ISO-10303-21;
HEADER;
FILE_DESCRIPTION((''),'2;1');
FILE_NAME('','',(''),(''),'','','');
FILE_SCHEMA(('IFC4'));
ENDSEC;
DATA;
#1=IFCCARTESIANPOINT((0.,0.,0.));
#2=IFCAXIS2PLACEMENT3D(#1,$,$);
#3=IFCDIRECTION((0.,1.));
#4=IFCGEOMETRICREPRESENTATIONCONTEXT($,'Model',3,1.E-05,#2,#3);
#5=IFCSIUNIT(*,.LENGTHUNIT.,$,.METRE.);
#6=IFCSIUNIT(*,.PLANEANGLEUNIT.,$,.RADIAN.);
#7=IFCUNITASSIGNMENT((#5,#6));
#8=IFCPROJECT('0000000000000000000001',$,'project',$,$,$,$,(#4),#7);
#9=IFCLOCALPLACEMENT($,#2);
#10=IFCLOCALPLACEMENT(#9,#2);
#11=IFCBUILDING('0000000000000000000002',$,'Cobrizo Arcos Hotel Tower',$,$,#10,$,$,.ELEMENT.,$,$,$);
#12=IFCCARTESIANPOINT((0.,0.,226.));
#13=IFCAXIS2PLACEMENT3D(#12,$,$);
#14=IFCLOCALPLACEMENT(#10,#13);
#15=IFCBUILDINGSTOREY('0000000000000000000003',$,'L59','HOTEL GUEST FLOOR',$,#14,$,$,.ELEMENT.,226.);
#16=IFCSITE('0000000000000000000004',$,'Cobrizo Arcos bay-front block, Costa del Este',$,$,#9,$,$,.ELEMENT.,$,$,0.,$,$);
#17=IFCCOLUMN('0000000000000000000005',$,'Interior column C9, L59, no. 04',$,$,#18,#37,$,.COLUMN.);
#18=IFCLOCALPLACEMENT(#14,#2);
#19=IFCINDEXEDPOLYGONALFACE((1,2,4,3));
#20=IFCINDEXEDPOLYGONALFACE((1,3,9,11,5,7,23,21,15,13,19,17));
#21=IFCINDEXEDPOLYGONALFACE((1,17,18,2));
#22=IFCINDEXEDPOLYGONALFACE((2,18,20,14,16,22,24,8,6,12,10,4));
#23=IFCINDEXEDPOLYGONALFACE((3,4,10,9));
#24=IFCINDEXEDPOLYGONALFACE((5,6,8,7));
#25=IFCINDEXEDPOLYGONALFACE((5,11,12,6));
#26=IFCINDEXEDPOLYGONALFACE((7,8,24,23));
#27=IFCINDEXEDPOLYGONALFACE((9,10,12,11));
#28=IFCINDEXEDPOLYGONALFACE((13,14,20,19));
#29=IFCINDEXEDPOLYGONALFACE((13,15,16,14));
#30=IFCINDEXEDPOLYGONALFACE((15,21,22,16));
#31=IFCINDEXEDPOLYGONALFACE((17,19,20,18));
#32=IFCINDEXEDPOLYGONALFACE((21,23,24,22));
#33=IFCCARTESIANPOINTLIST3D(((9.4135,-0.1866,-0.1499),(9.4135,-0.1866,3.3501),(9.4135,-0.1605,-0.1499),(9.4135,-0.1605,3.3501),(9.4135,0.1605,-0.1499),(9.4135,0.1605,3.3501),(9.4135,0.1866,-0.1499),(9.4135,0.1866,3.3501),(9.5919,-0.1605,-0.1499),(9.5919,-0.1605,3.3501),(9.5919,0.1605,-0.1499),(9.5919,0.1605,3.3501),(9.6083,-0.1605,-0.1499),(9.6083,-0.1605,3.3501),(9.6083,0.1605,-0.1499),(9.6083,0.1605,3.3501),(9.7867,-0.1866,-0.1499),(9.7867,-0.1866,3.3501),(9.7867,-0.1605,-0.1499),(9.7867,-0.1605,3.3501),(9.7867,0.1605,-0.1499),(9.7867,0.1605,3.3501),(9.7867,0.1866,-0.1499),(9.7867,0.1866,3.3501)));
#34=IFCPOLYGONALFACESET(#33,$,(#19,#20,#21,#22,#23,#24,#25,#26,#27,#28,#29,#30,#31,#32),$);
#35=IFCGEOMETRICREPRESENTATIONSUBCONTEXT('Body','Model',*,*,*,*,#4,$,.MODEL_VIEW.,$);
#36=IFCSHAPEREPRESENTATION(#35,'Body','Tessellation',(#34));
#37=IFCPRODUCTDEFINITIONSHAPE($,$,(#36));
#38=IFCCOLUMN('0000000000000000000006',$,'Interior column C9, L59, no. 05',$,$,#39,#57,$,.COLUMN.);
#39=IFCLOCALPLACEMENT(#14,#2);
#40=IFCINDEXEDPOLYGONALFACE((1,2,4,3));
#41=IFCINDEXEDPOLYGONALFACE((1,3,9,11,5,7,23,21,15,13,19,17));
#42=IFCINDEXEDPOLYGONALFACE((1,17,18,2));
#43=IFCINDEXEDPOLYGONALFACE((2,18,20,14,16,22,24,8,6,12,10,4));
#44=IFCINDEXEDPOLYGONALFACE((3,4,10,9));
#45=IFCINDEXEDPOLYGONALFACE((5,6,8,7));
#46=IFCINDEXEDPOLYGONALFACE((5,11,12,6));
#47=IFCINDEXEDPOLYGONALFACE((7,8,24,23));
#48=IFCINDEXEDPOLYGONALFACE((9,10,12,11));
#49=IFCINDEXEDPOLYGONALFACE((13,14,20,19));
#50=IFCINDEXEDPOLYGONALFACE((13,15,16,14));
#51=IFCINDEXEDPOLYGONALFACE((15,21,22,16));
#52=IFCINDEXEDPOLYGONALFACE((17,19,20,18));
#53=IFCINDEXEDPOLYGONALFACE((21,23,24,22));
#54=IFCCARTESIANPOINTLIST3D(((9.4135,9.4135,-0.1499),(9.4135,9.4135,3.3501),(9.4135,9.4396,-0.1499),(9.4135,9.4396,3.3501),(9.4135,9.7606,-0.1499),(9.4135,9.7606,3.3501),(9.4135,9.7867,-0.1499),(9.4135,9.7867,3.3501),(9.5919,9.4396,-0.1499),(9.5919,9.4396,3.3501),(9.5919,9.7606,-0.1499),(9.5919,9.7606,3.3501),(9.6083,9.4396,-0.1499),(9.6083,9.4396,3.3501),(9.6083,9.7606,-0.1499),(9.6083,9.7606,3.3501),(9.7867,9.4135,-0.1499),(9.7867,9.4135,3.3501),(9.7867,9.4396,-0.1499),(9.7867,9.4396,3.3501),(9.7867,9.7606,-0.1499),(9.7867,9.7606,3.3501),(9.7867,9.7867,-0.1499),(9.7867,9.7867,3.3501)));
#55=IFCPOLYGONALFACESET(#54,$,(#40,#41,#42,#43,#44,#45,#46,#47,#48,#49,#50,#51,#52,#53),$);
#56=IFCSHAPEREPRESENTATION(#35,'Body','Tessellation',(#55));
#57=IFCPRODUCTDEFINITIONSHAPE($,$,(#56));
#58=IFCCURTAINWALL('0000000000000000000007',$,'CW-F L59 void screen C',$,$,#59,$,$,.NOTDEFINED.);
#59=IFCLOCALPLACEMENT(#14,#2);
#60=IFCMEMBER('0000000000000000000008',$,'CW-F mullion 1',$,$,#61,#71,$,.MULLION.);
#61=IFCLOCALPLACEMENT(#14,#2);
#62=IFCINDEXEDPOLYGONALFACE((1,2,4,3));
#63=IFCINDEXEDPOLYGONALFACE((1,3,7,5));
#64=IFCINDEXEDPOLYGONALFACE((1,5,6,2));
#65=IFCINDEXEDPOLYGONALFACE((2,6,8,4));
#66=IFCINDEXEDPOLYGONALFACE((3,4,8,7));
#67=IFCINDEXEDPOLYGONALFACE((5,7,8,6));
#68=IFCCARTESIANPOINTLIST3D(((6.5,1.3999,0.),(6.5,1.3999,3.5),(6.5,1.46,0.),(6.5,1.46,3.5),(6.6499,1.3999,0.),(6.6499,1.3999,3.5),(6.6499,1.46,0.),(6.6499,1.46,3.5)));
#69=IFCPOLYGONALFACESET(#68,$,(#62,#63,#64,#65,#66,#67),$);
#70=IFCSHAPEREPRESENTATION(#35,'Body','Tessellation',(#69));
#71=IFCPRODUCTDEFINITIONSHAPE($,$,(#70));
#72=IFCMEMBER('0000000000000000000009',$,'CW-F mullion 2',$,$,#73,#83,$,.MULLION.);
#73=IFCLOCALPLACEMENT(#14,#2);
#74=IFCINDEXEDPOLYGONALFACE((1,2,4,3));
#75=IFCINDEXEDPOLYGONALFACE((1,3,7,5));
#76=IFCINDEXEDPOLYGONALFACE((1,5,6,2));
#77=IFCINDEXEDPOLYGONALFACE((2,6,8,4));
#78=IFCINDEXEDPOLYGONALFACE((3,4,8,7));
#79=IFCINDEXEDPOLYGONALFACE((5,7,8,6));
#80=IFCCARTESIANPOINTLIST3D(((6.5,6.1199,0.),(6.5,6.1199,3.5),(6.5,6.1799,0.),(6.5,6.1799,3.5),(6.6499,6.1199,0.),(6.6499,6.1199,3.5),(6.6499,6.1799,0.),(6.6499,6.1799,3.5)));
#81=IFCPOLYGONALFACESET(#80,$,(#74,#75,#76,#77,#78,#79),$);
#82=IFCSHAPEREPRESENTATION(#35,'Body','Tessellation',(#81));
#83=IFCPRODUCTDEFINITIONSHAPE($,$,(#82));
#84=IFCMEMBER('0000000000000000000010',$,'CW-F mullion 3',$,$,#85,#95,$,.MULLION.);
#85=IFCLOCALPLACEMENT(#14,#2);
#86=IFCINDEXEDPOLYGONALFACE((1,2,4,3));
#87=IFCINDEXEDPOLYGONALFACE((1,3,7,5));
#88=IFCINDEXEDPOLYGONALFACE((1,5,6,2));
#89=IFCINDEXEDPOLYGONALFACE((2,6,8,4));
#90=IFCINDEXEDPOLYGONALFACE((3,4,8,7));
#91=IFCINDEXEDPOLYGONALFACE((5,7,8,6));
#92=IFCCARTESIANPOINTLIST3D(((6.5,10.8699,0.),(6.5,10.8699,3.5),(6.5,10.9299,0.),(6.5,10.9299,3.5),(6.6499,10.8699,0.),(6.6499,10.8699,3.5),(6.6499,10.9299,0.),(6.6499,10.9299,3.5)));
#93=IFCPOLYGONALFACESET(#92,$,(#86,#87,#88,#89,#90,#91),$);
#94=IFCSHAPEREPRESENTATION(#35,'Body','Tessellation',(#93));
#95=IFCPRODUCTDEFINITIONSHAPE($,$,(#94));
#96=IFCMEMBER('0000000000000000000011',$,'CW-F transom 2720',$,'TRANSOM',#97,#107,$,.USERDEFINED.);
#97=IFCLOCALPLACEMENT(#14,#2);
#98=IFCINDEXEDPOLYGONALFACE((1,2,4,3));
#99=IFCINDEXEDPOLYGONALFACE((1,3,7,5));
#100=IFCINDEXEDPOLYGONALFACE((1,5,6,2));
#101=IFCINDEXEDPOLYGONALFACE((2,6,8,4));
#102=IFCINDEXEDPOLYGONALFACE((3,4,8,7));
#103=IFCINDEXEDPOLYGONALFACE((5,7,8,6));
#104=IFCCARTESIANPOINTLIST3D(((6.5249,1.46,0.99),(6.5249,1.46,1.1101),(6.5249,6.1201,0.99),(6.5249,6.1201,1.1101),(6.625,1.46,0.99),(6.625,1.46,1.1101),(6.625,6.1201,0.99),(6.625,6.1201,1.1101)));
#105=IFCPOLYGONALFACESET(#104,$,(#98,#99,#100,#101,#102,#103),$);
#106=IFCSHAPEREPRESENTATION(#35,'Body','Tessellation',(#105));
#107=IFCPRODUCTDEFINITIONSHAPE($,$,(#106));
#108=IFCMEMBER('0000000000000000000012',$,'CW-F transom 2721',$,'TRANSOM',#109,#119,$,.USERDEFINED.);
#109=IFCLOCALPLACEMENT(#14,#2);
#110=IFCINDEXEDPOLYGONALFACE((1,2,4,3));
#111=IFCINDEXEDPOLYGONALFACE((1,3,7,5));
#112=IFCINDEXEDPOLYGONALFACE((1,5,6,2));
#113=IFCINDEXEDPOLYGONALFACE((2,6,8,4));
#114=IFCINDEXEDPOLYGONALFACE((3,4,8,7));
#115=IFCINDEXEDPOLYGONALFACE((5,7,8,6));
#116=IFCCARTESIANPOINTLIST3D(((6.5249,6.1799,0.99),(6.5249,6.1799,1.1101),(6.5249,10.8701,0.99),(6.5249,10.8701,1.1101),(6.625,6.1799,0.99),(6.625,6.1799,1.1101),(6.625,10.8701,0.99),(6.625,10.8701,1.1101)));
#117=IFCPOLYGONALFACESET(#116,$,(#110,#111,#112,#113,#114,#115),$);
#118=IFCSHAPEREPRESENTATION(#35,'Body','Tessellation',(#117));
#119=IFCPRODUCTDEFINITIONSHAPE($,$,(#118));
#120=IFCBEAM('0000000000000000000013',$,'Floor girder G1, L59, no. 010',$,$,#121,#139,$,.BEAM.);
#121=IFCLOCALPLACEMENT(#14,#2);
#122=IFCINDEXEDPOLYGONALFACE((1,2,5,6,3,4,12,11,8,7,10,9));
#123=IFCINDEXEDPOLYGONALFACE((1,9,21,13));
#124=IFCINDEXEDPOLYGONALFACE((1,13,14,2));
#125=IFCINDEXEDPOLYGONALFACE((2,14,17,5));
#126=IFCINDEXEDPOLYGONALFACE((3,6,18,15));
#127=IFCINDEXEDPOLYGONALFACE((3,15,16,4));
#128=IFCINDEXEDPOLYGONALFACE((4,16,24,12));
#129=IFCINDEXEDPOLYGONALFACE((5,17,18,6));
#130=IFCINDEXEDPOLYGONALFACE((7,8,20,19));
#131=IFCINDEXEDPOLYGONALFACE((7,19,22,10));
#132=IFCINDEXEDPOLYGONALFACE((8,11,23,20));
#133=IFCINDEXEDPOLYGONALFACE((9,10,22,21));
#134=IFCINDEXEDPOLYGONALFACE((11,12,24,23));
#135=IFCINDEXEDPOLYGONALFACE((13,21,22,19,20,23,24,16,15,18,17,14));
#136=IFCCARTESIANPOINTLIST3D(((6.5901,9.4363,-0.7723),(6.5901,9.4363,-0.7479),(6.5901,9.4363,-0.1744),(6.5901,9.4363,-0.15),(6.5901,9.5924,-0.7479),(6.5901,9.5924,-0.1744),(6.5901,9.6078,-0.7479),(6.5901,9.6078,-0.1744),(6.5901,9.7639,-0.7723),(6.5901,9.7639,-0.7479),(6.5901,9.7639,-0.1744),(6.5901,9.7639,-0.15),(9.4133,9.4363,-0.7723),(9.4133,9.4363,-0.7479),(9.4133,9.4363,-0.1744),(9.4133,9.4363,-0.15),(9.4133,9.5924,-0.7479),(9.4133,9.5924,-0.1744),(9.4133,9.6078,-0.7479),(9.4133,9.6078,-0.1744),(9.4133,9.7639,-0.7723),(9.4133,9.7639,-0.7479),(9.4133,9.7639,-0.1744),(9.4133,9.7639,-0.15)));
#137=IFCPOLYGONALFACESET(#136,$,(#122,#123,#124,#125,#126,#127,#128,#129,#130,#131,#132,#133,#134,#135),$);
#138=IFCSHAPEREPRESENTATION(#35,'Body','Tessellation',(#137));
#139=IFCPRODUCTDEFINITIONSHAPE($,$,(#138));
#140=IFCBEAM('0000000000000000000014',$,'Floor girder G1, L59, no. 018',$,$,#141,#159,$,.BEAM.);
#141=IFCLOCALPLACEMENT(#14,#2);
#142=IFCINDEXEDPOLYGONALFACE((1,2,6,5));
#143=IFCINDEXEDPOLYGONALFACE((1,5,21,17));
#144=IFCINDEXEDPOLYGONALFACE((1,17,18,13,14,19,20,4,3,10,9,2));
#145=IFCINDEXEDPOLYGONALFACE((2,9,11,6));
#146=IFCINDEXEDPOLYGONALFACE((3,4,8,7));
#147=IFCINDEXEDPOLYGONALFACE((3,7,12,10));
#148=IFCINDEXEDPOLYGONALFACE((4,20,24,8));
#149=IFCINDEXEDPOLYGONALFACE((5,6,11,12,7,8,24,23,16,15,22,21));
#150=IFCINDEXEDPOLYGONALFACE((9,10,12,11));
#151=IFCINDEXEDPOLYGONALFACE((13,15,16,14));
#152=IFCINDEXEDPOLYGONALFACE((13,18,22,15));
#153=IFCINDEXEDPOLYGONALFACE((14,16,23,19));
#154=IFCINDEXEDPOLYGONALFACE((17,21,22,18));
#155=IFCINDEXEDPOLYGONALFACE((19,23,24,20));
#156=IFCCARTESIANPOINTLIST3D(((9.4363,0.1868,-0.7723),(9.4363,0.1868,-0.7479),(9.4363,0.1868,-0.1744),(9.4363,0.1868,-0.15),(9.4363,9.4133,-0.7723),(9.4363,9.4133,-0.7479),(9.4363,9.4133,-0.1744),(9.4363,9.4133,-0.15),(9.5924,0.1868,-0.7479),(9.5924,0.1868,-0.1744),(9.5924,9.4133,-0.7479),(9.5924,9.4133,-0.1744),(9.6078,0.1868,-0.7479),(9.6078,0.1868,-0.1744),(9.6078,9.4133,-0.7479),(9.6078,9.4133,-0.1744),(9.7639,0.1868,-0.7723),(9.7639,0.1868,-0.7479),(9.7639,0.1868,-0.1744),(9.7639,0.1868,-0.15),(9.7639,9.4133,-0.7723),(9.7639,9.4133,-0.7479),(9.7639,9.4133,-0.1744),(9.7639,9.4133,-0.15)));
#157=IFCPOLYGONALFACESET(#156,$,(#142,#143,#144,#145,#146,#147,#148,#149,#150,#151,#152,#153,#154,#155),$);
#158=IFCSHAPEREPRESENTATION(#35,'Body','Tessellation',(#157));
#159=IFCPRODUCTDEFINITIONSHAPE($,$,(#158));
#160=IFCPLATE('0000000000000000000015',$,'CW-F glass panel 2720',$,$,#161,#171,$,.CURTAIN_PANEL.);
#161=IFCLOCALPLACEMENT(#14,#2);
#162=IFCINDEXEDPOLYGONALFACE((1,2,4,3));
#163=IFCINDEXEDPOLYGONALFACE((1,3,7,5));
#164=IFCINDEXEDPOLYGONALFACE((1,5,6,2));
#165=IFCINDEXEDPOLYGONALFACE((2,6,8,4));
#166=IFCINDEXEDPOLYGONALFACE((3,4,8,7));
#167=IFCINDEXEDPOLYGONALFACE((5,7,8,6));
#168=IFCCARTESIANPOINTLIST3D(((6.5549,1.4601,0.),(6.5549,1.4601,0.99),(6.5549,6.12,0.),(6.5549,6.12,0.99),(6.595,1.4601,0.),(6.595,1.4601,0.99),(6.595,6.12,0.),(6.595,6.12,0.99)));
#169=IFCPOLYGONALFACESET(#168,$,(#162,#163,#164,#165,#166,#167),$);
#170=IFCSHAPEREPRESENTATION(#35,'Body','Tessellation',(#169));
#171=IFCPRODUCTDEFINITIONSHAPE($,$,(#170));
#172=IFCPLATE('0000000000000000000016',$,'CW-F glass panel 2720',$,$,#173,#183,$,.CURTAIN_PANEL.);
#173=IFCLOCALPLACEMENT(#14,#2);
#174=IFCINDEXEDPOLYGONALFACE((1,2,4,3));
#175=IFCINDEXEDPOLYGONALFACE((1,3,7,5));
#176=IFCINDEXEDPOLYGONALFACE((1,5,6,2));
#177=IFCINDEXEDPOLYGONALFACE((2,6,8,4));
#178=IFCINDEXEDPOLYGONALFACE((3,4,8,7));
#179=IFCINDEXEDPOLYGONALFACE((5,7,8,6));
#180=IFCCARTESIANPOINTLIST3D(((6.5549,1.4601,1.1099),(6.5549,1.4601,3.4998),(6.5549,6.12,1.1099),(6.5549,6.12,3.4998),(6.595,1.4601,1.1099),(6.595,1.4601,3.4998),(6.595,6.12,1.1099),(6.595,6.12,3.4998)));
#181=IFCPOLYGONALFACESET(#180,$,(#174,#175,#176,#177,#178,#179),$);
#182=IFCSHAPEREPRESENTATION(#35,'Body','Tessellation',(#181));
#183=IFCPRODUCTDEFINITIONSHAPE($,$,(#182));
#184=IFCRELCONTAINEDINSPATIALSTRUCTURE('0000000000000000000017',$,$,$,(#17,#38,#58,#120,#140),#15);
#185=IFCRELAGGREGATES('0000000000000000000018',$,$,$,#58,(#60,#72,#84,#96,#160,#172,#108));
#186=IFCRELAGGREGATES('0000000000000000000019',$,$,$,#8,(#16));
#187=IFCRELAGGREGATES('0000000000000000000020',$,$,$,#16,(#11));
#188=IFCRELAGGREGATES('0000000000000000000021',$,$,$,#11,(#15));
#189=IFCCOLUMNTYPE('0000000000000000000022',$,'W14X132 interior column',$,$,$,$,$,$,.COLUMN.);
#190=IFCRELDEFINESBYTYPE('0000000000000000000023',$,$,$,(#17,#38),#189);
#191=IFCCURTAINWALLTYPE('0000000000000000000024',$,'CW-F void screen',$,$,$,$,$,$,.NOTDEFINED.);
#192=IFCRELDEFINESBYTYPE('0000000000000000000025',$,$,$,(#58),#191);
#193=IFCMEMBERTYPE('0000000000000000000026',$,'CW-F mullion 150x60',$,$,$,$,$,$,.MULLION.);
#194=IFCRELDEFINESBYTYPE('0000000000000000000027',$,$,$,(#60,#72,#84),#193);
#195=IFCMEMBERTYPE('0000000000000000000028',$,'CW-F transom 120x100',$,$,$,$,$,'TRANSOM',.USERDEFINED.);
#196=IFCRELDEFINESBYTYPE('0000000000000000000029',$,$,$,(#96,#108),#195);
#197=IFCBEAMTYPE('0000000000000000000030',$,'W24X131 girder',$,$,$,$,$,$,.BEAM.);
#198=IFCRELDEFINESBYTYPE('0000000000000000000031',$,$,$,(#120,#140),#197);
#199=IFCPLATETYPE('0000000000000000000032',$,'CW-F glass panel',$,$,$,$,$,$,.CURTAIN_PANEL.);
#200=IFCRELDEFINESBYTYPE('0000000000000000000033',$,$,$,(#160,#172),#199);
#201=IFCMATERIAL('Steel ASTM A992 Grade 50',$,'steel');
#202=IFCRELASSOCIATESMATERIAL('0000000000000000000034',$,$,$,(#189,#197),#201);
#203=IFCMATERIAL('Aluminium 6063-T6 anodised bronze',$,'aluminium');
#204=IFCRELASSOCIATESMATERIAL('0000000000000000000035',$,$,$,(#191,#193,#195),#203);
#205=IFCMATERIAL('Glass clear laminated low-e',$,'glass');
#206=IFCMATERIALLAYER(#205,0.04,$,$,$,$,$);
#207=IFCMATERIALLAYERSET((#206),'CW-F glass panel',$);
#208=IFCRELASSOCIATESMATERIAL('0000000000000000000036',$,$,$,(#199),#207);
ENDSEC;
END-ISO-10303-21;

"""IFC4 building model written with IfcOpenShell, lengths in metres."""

from ifc_helpers import new_model, si_unit, direction, frame, origin, origin_2d, place, context, subcontext, project, spatial, rectangle, i_section, extrude, material, layer, layer_set, material_profile, profile_set, type_object, element, aggregate, save


model = new_model("IFC4")

# Units and contexts
model_context = context("Model", 3, precision=1e-05, world=origin(), true_north=direction((0.0, 1.0)))
body_context = subcontext(model_context, "Body", "Model", "MODEL_VIEW")
ifc_project = project(units=[si_unit("LENGTHUNIT", "METRE"), si_unit("PLANEANGLEUNIT", "RADIAN")], contexts=[model_context])

# Site, building, storey
site_placement = place(None, origin())
site = spatial("IfcSite", under=ifc_project, at=site_placement, Name="Cobrizo Arcos bay-front block, Costa del Este", CompositionType="ELEMENT", RefElevation=0.0)
building_placement = place(site_placement, origin())
building = spatial("IfcBuilding", under=site, at=building_placement, Name="Cobrizo Arcos Hotel Tower", CompositionType="ELEMENT")
storey_placement = place(building_placement, frame((0.0, 0.0, 226.0)))
storey = spatial("IfcBuildingStorey", under=building, at=storey_placement, Name="L59", Description="HOTEL GUEST FLOOR", CompositionType="ELEMENT", Elevation=226.0)

# Columns
ifc_material_1 = material(Name="Steel ASTM A992 Grade 50", Category="steel")
ifc_material_profile_1 = material_profile(ifc_material_1, i_section(OverallWidth=0.3733, OverallDepth=0.3733, WebThickness=0.0164, FlangeThickness=0.0261, at=origin_2d()), Name="W14X132")
ifc_profile_set_1 = profile_set([ifc_material_profile_1], Name="Steel ASTM A992 Grade 50")
column_type = type_object("IfcColumnType", Name="W14X132 interior column", PredefinedType="COLUMN", material=ifc_profile_set_1)
for number, where, z_axis, x_axis, name in (
    (1, (9.6001, 0.0, -0.1499), (0.0, 0.0, 1.0), (1.0, 0.0, 0.0), "Interior column C9, L59, no. 04"),
    (2, (9.6001, 9.6001, -0.1499), (0.0, 0.0, 1.0), (1.0, 0.0, 0.0), "Interior column C9, L59, no. 05"),
):
    element("IfcColumn", number, at=place(storey_placement, frame(where, z_axis=z_axis, x_axis=x_axis)), inside=storey, type_object=column_type, Name=name, PredefinedType="COLUMN", context=body_context, shape_type="SweptSolid", body=[
        extrude(i_section(OverallWidth=0.3733, OverallDepth=0.3733, WebThickness=0.0164, FlangeThickness=0.0261, at=origin_2d()), origin(), (0.0, 0.0, 1.0), 3.5),
    ])

# Curtain wall, members
ifc_material_2 = material(Name="Aluminium 6063-T6 anodised bronze", Category="aluminium")
curtain_wall_type = type_object("IfcCurtainWallType", Name="CW-F void screen", PredefinedType="NOTDEFINED", material=ifc_material_2)
curtain_wall_placement = place(storey_placement, origin())
curtain_wall = element("IfcCurtainWall", 3, at=curtain_wall_placement, inside=storey, type_object=curtain_wall_type, Name="CW-F L59 void screen C", PredefinedType="NOTDEFINED")
ifc_material_profile_2 = material_profile(ifc_material_2, rectangle(XDim=0.1499, YDim=0.0601, at=origin_2d()), Name="CW-F mullion 150x60")
ifc_profile_set_2 = profile_set([ifc_material_profile_2], Name="Aluminium 6063-T6 anodised bronze")
member_type_1 = type_object("IfcMemberType", Name="CW-F mullion 150x60", PredefinedType="MULLION", material=ifc_profile_set_2)
member_1_placement = place(storey_placement, frame((6.575, 1.4299, 0.0), z_axis=(0.0, 0.0, 1.0), x_axis=(1.0, 0.0, 0.0)))
member_1 = element("IfcMember", 4, at=member_1_placement, type_object=member_type_1, Name="CW-F mullion 1", PredefinedType="MULLION", context=body_context, shape_type="SweptSolid", body=[
    extrude(rectangle(XDim=0.1499, YDim=0.0601, at=origin_2d()), origin(), (0.0, 0.0, 1.0), 3.5),
])
member_2_placement = place(storey_placement, frame((6.575, 6.1499, 0.0), z_axis=(0.0, 0.0, 1.0), x_axis=(1.0, 0.0, 0.0)))
member_2 = element("IfcMember", 5, at=member_2_placement, type_object=member_type_1, Name="CW-F mullion 2", PredefinedType="MULLION", context=body_context, shape_type="SweptSolid", body=[
    extrude(rectangle(XDim=0.1499, YDim=0.0601, at=origin_2d()), origin(), (0.0, 0.0, 1.0), 3.5),
])
member_3_placement = place(storey_placement, frame((6.575, 10.8999, 0.0), z_axis=(0.0, 0.0, 1.0), x_axis=(1.0, 0.0, 0.0)))
member_3 = element("IfcMember", 6, at=member_3_placement, type_object=member_type_1, Name="CW-F mullion 3", PredefinedType="MULLION", context=body_context, shape_type="SweptSolid", body=[
    extrude(rectangle(XDim=0.1499, YDim=0.0601, at=origin_2d()), origin(), (0.0, 0.0, 1.0), 3.5),
])
ifc_material_profile_3 = material_profile(ifc_material_2, rectangle(XDim=0.1001, YDim=0.1201, at=origin_2d()), Name="CW-F transom 120x100")
ifc_profile_set_3 = profile_set([ifc_material_profile_3], Name="Aluminium 6063-T6 anodised bronze")
member_type_2 = type_object("IfcMemberType", Name="CW-F transom 120x100", ElementType="TRANSOM", PredefinedType="USERDEFINED", material=ifc_profile_set_3)
member_4_placement = place(storey_placement, frame((6.575, 1.46, 1.05), z_axis=(0.0, 1.0, 0.0), x_axis=(-1.0, 0.0, 0.0)))
member_4 = element("IfcMember", 7, at=member_4_placement, type_object=member_type_2, Name="CW-F transom 2720", ObjectType="TRANSOM", PredefinedType="USERDEFINED", context=body_context, shape_type="SweptSolid", body=[
    extrude(rectangle(XDim=0.1001, YDim=0.1201, at=origin_2d()), origin(), (0.0, 0.0, 1.0), 4.6602),
])
member_5_placement = place(storey_placement, frame((6.575, 6.1799, 1.05), z_axis=(0.0, 1.0, 0.0), x_axis=(-1.0, 0.0, 0.0)))
member_5 = element("IfcMember", 8, at=member_5_placement, type_object=member_type_2, Name="CW-F transom 2721", ObjectType="TRANSOM", PredefinedType="USERDEFINED", context=body_context, shape_type="SweptSolid", body=[
    extrude(rectangle(XDim=0.1001, YDim=0.1201, at=origin_2d()), origin(), (0.0, 0.0, 1.0), 4.6902),
])

# Beams
ifc_material_profile_4 = material_profile(ifc_material_1, i_section(OverallWidth=0.3276, OverallDepth=0.6223, WebThickness=0.0154, FlangeThickness=0.0244, at=origin_2d()), Name="W24X131")
ifc_profile_set_4 = profile_set([ifc_material_profile_4], Name="Steel ASTM A992 Grade 50")
beam_type = type_object("IfcBeamType", Name="W24X131 girder", PredefinedType="BEAM", material=ifc_profile_set_4)
beam_1_placement = place(storey_placement, frame((6.5901, 9.6001, -0.4612), z_axis=(1.0, 0.0, 0.0), x_axis=(0.0, 1.0, 0.0)))
element("IfcBeam", 9, at=beam_1_placement, inside=storey, type_object=beam_type, Name="Floor girder G1, L59, no. 010", PredefinedType="BEAM", context=body_context, shape_type="SweptSolid", body=[
    extrude(i_section(OverallWidth=0.3276, OverallDepth=0.6223, WebThickness=0.0154, FlangeThickness=0.0244, at=origin_2d()), origin(), (0.0, 0.0, 1.0), 2.8232),
])
beam_2_placement = place(storey_placement, frame((9.6001, 0.1868, -0.4612), z_axis=(0.0, 1.0, 0.0), x_axis=(-1.0, 0.0, 0.0)))
element("IfcBeam", 10, at=beam_2_placement, inside=storey, type_object=beam_type, Name="Floor girder G1, L59, no. 018", PredefinedType="BEAM", context=body_context, shape_type="SweptSolid", body=[
    extrude(i_section(OverallWidth=0.3276, OverallDepth=0.6223, WebThickness=0.0154, FlangeThickness=0.0244, at=origin_2d()), origin(), (0.0, 0.0, 1.0), 9.2266),
])

# Plates
ifc_material_3 = material(Name="Glass clear laminated low-e", Category="glass")
ifc_layer_1 = layer(ifc_material_3, 0.04)
ifc_layer_set_1 = layer_set([ifc_layer_1], Name="CW-F glass panel")
plate_type = type_object("IfcPlateType", Name="CW-F glass panel", PredefinedType="CURTAIN_PANEL", material=ifc_layer_set_1)
plate_1_placement = place(storey_placement, frame((6.575, 3.79, 0.0), z_axis=(0.0, 0.0, 1.0), x_axis=(0.0, 1.0, 0.0)))
plate_1 = element("IfcPlate", 11, at=plate_1_placement, type_object=plate_type, Name="CW-F glass panel 2720", PredefinedType="CURTAIN_PANEL", context=body_context, shape_type="SweptSolid", body=[
    extrude(rectangle(XDim=4.6599, YDim=0.04, at=origin_2d()), origin(), (0.0, 0.0, 1.0), 0.99),
])
plate_2_placement = place(storey_placement, frame((6.575, 3.79, 1.1099), z_axis=(0.0, 0.0, 1.0), x_axis=(0.0, 1.0, 0.0)))
plate_2 = element("IfcPlate", 12, at=plate_2_placement, type_object=plate_type, Name="CW-F glass panel 2720", PredefinedType="CURTAIN_PANEL", context=body_context, shape_type="SweptSolid", body=[
    extrude(rectangle(XDim=4.6599, YDim=0.04, at=origin_2d()), origin(), (0.0, 0.0, 1.0), 2.3899),
])
aggregate(curtain_wall, [member_1, member_2, member_3, member_4, plate_1, plate_2, member_5])

save(model, "model.ifc")
